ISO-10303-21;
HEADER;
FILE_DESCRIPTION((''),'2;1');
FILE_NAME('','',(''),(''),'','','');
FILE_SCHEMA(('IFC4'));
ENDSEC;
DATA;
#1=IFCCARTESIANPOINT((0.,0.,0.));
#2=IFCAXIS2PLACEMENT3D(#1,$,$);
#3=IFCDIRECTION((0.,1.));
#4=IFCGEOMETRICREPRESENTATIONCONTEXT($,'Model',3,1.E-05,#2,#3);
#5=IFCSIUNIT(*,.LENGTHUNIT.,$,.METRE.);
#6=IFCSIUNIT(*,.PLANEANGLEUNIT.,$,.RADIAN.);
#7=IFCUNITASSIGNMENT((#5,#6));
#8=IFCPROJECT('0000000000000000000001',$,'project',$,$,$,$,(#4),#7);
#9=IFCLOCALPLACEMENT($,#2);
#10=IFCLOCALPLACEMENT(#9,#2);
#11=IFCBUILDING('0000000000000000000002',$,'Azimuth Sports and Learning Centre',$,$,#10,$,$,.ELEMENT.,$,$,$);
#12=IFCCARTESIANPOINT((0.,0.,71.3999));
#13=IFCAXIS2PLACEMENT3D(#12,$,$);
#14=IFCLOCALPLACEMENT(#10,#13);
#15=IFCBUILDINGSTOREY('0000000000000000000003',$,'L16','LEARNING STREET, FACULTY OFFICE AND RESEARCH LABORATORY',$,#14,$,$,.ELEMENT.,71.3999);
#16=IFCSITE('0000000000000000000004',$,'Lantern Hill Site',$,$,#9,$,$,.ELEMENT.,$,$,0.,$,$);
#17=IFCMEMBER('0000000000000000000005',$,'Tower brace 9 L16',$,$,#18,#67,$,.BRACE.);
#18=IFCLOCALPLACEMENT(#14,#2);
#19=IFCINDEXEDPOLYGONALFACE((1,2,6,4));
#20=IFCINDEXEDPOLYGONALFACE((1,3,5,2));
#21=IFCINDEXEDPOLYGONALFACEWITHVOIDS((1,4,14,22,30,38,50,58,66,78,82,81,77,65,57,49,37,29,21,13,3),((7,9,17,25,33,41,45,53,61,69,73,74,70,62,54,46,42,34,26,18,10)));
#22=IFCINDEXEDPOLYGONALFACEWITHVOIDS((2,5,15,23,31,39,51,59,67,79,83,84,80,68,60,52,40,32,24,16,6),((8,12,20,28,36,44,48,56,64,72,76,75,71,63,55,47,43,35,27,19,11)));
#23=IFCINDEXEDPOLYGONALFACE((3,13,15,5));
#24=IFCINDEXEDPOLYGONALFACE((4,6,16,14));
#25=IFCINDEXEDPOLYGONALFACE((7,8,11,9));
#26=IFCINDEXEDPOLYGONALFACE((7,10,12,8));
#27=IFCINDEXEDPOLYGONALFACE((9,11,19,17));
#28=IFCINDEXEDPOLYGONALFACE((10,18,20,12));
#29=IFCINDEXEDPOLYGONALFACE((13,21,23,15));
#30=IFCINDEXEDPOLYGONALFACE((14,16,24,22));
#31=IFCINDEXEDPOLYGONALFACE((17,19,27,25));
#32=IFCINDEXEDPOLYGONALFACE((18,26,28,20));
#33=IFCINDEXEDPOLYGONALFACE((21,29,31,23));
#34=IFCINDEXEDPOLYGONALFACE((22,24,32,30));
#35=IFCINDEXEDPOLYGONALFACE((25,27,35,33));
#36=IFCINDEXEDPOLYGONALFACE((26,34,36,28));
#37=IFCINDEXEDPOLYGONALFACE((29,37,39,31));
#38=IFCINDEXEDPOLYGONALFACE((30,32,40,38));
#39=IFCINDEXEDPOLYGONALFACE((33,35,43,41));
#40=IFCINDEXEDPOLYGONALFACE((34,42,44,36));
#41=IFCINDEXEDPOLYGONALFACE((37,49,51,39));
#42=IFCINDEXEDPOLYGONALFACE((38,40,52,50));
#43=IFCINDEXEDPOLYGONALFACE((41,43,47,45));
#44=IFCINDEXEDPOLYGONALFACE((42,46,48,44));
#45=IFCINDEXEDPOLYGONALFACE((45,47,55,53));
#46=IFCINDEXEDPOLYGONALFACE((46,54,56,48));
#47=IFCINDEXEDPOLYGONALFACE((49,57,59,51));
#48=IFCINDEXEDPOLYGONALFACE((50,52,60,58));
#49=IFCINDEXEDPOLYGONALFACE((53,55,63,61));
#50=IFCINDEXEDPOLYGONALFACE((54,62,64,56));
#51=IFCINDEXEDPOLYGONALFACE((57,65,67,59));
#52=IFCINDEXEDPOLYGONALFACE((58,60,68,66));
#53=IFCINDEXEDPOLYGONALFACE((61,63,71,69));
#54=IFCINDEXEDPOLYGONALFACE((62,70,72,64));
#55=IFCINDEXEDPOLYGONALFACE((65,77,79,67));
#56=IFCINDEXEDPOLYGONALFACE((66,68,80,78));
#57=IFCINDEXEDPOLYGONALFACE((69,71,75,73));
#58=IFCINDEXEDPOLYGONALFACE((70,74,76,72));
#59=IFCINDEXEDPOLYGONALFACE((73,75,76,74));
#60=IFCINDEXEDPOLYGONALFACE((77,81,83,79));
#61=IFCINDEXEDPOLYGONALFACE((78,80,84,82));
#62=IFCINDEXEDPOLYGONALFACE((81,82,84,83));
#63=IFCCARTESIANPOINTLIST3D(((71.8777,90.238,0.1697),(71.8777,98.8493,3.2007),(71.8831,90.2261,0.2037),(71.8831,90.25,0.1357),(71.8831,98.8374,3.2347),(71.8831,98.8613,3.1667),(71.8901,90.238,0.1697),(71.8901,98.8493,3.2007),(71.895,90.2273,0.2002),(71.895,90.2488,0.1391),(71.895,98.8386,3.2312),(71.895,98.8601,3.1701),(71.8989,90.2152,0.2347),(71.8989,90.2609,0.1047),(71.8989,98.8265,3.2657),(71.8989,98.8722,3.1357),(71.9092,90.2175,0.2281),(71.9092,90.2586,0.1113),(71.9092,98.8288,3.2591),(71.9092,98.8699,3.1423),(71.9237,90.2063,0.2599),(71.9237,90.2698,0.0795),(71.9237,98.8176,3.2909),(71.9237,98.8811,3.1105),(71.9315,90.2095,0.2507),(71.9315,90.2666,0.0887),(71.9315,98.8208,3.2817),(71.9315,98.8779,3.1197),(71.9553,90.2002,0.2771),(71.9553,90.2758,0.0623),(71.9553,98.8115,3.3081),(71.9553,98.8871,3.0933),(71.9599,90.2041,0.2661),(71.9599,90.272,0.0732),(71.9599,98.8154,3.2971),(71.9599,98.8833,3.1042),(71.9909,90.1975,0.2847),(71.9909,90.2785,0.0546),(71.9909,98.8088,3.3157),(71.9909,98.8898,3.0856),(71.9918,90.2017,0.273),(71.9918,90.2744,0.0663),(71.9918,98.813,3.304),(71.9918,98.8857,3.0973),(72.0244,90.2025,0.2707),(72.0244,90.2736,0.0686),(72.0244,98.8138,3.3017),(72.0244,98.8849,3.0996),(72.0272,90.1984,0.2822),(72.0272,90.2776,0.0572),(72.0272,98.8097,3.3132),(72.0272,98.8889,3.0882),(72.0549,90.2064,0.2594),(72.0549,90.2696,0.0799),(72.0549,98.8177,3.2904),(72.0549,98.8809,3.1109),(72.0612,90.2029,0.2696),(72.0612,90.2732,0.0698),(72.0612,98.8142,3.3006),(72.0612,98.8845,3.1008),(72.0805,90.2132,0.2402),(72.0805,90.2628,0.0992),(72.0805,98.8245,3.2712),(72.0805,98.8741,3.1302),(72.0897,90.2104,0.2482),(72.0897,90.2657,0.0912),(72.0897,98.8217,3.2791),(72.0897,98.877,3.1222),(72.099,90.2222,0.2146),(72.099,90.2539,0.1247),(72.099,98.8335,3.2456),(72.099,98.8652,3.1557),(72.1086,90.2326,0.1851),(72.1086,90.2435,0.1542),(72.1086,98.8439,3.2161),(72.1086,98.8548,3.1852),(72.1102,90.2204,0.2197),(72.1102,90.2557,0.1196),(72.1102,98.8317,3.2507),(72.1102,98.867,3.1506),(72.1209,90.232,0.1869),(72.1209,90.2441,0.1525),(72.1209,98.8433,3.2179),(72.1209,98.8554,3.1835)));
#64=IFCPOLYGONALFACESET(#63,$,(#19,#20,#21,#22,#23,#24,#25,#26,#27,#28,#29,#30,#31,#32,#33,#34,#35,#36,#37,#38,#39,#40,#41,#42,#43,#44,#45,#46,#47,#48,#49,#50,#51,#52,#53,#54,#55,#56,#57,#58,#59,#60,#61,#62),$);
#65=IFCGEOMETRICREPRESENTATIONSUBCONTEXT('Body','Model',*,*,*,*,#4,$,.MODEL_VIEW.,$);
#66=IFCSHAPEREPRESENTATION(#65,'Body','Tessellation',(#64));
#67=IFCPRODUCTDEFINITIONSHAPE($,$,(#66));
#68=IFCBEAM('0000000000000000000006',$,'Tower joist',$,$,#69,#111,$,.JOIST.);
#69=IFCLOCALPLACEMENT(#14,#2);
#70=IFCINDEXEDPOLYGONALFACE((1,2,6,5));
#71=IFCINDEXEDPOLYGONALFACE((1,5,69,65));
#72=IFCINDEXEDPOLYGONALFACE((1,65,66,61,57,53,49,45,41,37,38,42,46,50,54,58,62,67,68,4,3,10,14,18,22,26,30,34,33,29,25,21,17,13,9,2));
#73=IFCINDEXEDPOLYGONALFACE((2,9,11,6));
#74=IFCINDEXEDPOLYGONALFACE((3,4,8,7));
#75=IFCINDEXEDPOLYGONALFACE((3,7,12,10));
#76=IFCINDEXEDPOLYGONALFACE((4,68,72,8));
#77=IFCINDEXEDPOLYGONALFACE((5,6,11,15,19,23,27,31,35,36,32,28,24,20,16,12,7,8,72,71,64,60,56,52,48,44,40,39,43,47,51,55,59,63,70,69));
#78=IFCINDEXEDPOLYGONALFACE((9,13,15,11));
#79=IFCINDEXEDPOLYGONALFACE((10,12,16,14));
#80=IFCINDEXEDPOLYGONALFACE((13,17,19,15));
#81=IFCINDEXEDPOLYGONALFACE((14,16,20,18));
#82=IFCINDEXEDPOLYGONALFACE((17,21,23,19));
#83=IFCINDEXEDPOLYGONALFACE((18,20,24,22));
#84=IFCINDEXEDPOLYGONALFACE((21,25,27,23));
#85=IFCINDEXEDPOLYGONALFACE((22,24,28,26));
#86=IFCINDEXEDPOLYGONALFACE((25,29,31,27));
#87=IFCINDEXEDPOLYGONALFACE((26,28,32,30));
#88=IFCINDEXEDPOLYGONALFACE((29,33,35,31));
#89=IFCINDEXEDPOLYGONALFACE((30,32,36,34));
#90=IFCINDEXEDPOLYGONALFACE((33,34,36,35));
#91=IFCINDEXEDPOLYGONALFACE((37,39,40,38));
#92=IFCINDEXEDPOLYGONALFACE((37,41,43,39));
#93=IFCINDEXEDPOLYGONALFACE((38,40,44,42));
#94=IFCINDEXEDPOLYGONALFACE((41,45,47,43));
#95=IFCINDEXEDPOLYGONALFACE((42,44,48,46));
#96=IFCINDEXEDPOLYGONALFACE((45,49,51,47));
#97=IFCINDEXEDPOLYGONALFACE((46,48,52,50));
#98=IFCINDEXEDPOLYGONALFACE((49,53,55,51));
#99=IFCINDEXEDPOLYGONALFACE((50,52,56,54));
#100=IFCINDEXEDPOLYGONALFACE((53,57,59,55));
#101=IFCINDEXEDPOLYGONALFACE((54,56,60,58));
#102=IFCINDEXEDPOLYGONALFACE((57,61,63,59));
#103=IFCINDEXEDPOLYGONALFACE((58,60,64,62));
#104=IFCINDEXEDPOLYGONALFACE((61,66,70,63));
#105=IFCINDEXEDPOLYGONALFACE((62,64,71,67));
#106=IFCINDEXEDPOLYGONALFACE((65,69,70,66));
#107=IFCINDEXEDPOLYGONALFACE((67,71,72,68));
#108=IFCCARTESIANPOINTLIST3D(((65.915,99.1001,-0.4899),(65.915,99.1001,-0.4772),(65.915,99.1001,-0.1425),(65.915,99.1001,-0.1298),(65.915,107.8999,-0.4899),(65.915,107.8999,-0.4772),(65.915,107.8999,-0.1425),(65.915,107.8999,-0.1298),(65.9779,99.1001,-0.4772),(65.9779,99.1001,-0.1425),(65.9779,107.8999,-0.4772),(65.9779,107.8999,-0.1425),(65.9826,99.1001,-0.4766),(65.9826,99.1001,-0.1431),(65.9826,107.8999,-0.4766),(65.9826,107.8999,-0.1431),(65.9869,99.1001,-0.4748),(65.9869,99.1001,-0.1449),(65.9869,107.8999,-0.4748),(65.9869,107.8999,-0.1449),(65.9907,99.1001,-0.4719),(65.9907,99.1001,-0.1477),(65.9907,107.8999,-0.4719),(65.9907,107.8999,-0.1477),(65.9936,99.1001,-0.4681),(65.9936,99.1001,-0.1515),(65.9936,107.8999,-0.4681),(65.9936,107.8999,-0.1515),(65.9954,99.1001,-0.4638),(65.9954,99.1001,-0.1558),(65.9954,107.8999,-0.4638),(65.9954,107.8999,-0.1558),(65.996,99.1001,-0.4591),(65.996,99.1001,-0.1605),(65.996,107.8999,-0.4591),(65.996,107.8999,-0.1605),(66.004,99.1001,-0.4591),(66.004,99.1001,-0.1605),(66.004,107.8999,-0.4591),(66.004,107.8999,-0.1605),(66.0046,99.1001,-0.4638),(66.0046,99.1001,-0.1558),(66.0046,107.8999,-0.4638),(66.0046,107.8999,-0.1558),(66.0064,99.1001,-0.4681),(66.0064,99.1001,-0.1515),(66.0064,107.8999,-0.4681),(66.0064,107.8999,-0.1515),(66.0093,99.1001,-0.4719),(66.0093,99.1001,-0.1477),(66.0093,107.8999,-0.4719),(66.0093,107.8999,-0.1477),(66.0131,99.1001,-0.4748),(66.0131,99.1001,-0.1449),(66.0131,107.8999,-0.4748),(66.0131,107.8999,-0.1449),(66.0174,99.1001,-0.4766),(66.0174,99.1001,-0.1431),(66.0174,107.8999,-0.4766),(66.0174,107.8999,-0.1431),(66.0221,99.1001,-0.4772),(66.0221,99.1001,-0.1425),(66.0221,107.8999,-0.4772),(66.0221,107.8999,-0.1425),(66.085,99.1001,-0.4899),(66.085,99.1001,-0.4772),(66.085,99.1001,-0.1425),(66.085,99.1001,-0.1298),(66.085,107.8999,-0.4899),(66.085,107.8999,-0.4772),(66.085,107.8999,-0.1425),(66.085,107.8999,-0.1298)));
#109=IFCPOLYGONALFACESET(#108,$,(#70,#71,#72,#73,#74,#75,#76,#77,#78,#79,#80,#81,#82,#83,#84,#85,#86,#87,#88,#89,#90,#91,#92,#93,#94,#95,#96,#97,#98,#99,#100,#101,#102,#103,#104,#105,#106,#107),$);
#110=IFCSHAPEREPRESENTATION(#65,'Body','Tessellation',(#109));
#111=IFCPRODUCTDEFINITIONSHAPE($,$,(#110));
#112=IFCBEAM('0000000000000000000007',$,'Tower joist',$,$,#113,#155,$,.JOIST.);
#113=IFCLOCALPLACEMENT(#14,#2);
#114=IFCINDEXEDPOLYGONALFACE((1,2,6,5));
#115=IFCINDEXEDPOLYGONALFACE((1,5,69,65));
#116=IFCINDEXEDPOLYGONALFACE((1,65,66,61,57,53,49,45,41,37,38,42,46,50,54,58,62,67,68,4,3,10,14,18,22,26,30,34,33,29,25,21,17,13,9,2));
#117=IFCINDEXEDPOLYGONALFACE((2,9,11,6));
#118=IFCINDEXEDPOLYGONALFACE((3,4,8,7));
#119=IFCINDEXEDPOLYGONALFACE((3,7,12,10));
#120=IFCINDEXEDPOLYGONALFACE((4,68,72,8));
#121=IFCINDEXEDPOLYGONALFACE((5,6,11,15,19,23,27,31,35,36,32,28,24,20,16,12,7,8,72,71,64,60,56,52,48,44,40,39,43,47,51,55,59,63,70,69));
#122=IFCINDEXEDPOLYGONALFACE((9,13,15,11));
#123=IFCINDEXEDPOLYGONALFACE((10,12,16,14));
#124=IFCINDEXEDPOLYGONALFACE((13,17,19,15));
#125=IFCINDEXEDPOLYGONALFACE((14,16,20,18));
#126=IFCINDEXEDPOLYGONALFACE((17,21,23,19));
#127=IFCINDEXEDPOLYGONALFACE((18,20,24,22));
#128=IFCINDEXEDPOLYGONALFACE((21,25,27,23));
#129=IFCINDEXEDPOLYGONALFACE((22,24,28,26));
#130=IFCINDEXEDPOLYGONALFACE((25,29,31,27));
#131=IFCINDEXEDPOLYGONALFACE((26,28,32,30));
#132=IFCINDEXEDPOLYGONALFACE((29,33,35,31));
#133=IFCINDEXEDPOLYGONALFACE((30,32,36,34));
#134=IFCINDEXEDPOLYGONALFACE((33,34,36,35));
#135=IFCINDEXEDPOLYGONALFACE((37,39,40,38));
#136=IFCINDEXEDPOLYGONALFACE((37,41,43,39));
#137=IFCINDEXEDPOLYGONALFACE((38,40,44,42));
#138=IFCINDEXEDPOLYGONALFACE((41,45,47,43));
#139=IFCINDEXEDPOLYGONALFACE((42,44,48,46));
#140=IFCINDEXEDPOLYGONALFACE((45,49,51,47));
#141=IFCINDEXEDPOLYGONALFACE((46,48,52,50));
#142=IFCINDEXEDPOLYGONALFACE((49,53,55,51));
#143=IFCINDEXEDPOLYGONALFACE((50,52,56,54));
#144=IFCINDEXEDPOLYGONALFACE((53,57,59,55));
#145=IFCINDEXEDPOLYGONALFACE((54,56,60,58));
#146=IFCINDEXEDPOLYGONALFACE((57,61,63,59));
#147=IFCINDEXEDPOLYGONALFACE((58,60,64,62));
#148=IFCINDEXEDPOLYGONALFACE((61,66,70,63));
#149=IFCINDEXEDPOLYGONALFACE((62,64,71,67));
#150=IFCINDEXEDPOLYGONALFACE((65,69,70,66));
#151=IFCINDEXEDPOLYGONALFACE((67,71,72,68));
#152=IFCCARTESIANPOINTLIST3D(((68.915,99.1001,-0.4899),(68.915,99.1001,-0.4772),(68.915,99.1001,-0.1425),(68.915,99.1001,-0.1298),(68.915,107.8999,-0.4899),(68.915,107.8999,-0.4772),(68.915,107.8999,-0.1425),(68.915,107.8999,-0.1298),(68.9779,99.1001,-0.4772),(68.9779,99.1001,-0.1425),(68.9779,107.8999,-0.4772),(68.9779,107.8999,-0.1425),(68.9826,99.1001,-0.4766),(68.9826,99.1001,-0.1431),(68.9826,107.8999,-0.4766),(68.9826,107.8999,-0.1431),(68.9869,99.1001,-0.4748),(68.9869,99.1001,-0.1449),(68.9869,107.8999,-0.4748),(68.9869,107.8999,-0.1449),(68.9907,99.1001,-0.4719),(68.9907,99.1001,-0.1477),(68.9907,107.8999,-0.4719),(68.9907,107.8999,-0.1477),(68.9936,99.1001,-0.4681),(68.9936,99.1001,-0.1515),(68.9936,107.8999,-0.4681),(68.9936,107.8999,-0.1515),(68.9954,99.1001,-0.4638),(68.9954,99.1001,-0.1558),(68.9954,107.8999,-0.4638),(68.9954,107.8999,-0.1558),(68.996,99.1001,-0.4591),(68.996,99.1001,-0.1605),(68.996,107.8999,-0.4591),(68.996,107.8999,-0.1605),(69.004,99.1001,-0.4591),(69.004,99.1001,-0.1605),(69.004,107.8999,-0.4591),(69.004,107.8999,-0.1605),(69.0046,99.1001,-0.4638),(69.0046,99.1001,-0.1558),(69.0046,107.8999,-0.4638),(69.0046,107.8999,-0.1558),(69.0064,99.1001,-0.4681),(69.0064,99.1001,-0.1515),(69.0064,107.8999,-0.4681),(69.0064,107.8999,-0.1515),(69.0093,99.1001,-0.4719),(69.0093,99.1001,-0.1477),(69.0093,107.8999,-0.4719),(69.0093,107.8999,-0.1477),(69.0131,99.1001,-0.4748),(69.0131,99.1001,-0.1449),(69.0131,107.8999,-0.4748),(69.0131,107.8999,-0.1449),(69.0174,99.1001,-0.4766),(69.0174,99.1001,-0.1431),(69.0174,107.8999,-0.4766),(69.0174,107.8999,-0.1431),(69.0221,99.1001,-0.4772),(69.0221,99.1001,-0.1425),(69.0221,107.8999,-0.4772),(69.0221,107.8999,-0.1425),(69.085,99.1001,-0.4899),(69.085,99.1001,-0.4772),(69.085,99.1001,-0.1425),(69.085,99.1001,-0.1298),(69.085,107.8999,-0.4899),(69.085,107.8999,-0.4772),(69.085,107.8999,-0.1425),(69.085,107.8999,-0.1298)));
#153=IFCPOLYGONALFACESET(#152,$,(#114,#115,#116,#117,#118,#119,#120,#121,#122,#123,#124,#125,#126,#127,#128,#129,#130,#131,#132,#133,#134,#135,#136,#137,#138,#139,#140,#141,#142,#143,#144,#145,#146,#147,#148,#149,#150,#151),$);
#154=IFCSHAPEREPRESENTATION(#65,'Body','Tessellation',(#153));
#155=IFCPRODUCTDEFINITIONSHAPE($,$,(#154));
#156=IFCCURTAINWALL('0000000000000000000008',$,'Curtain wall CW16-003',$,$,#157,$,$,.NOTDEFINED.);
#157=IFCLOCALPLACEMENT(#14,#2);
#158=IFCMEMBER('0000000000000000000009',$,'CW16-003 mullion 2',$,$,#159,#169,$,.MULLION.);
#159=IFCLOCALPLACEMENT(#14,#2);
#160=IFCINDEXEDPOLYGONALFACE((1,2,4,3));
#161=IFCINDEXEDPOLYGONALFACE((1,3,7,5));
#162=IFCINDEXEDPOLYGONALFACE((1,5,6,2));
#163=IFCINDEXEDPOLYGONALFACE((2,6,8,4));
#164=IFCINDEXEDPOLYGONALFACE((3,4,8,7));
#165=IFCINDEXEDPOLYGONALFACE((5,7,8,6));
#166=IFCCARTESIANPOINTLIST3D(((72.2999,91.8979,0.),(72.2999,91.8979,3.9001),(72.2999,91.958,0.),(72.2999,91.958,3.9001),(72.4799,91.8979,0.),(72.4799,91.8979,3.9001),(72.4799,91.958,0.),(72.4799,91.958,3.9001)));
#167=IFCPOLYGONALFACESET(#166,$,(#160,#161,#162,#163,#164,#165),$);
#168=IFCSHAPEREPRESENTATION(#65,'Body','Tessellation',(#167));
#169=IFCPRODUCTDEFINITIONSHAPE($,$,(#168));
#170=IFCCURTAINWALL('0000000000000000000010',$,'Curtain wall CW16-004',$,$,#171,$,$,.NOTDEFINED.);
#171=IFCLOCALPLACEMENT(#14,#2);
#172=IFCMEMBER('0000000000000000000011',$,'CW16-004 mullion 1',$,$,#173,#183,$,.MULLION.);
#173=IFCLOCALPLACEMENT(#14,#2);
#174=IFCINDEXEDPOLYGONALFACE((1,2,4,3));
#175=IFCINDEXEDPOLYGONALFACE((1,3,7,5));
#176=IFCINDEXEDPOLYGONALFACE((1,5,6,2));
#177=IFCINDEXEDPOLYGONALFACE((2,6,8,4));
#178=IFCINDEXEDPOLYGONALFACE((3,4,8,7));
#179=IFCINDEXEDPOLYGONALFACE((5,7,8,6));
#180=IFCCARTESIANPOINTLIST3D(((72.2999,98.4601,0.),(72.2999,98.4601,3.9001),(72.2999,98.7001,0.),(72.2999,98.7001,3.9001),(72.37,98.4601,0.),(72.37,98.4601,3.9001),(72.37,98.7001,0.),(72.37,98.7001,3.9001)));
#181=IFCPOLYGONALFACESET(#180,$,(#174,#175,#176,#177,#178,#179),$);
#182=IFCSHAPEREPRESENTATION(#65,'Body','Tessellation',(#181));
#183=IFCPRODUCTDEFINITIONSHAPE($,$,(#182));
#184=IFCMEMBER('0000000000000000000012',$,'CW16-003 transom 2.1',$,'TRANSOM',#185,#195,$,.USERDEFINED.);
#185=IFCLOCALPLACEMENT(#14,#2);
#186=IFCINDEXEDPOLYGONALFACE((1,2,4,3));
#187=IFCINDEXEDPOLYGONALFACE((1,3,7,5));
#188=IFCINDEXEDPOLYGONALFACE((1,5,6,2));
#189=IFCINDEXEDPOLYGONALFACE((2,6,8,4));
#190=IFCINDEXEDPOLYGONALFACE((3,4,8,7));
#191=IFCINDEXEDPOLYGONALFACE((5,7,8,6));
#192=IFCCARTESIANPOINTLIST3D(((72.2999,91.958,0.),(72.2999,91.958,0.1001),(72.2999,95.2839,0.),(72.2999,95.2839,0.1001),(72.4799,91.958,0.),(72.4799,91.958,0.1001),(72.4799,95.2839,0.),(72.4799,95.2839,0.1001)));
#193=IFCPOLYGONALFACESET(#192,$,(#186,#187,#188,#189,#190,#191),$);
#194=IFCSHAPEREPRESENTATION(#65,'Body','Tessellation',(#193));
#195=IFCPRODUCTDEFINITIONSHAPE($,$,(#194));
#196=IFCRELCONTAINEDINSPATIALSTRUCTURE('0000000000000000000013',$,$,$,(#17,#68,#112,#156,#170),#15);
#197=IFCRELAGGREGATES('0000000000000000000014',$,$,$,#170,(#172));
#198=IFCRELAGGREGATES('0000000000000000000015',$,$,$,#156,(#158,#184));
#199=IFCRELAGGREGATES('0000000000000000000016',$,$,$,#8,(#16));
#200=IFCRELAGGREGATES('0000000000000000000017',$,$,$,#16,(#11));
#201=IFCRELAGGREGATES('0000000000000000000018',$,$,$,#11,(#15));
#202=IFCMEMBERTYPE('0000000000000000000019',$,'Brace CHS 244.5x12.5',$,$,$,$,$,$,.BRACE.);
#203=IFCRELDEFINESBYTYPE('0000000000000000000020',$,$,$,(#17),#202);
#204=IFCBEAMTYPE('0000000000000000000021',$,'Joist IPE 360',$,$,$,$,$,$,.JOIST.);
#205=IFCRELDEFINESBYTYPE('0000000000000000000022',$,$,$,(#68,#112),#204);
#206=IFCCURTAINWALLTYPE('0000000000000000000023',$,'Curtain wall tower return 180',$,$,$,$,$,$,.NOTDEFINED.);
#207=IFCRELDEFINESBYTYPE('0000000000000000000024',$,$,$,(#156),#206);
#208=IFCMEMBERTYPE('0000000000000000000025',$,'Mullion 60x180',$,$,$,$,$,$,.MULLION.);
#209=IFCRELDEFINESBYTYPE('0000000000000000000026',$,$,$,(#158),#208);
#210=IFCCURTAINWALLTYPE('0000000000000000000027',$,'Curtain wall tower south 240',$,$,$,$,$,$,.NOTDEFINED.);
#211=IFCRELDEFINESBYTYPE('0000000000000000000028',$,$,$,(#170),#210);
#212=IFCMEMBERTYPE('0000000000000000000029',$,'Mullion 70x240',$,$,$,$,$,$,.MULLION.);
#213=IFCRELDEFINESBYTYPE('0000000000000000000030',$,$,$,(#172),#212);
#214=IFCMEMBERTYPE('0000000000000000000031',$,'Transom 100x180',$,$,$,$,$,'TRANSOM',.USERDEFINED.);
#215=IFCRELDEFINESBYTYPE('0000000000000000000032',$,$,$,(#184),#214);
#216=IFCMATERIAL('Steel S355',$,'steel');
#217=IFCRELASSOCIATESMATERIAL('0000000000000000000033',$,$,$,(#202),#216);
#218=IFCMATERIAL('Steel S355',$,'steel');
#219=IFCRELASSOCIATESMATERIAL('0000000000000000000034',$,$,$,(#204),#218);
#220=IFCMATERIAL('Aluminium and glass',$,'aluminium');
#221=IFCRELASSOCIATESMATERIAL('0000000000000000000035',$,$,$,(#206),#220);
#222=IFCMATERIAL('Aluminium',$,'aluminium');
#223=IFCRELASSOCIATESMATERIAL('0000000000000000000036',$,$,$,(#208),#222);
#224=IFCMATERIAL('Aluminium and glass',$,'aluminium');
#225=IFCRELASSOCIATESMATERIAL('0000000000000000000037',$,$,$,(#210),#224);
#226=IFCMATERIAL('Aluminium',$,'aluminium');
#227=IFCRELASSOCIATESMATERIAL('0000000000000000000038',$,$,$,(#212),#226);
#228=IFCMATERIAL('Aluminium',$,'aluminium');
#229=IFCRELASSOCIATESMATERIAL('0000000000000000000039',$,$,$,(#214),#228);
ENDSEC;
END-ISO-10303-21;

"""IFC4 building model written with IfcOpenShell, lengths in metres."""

from ifc_helpers import new_model, si_unit, direction, frame, origin, origin_2d, place, context, subcontext, project, spatial, rectangle, hollow_circle, i_section, extrude, material, material_profile, profile_set, type_object, element, aggregate, save


model = new_model("IFC4")

# Units and contexts
model_context = context("Model", 3, precision=1e-05, world=origin(), true_north=direction((0.0, 1.0)))
body_context = subcontext(model_context, "Body", "Model", "MODEL_VIEW")
ifc_project = project(units=[si_unit("LENGTHUNIT", "METRE"), si_unit("PLANEANGLEUNIT", "RADIAN")], contexts=[model_context])

# Site, building, storey
site_placement = place(None, origin())
site = spatial("IfcSite", under=ifc_project, at=site_placement, Name="Lantern Hill Site", CompositionType="ELEMENT", RefElevation=0.0)
building_placement = place(site_placement, origin())
building = spatial("IfcBuilding", under=site, at=building_placement, Name="Azimuth Sports and Learning Centre", CompositionType="ELEMENT")
storey_placement = place(building_placement, frame((0.0, 0.0, 71.3999)))
storey = spatial("IfcBuildingStorey", under=building, at=storey_placement, Name="L16", Description="LEARNING STREET, FACULTY OFFICE AND RESEARCH LABORATORY", CompositionType="ELEMENT", Elevation=71.3999)

# Member
ifc_material_1 = material(Name="Steel S355", Category="steel")
ifc_material_profile_1 = material_profile(ifc_material_1, hollow_circle(Radius=0.1223, WallThickness=0.0125, at=origin_2d()), Name="CHS 244.5x12.5")
ifc_profile_set_1 = profile_set([ifc_material_profile_1], Name="Steel S355")
member_type_1 = type_object("IfcMemberType", Name="Brace CHS 244.5x12.5", PredefinedType="BRACE", material=ifc_profile_set_1)
member_1_placement = place(storey_placement, frame((72.0, 90.238, 0.1697), z_axis=(0.0, 0.943275, 0.332013), x_axis=(-1.0, 0.0, 0.0)))
element("IfcMember", 1, at=member_1_placement, inside=storey, type_object=member_type_1, Name="Tower brace 9 L16", PredefinedType="BRACE", context=body_context, shape_type="SweptSolid", body=[
    extrude(hollow_circle(Radius=0.1223, WallThickness=0.0125, at=origin_2d()), origin(), (0.0, 0.0, 1.0), 9.1292),
])

# Beams
ifc_material_2 = material(Name="Steel S355", Category="steel")
ifc_material_profile_2 = material_profile(ifc_material_2, i_section(OverallWidth=0.1699, OverallDepth=0.3601, WebThickness=0.0081, FlangeThickness=0.0127, FilletRadius=0.0181, at=origin_2d()), Name="IPE 360")
ifc_profile_set_2 = profile_set([ifc_material_profile_2], Name="Steel S355")
beam_type_1 = type_object("IfcBeamType", Name="Joist IPE 360", PredefinedType="JOIST", material=ifc_profile_set_2)
for number, where, z_axis, x_axis, name in (
    (2, (66.0, 99.1001, -0.3098), (0.0, 1.0, 0.0), (-1.0, 0.0, 0.0), "Tower joist"),
    (3, (69.0, 99.1001, -0.3098), (0.0, 1.0, 0.0), (-1.0, 0.0, 0.0), "Tower joist"),
):
    element("IfcBeam", number, at=place(storey_placement, frame(where, z_axis=z_axis, x_axis=x_axis)), inside=storey, type_object=beam_type_1, Name=name, PredefinedType="JOIST", context=body_context, shape_type="SweptSolid", body=[
        extrude(i_section(OverallWidth=0.1699, OverallDepth=0.3601, WebThickness=0.0081, FlangeThickness=0.0127, FilletRadius=0.0181, at=origin_2d()), origin(), (0.0, 0.0, 1.0), 8.7998),
    ])

# Curtain walls, members
ifc_material_3 = material(Name="Aluminium and glass", Category="aluminium")
curtain_wall_type_1 = type_object("IfcCurtainWallType", Name="Curtain wall tower return 180", PredefinedType="NOTDEFINED", material=ifc_material_3)
curtain_wall_1_placement = place(storey_placement, origin())
curtain_wall_1 = element("IfcCurtainWall", 4, at=curtain_wall_1_placement, inside=storey, type_object=curtain_wall_type_1, Name="Curtain wall CW16-003", PredefinedType="NOTDEFINED")
ifc_material_4 = material(Name="Aluminium", Category="aluminium")
ifc_material_profile_3 = material_profile(ifc_material_4, rectangle(XDim=0.1799, YDim=0.0601, at=origin_2d()), Name="Mullion 60x180")
ifc_profile_set_3 = profile_set([ifc_material_profile_3], Name="Aluminium")
member_type_2 = type_object("IfcMemberType", Name="Mullion 60x180", PredefinedType="MULLION", material=ifc_profile_set_3)
member_2_placement = place(storey_placement, frame((72.3899, 91.928, 0.0), z_axis=(0.0, 0.0, 1.0), x_axis=(-1.0, 0.0, 0.0)))
member_2 = element("IfcMember", 5, at=member_2_placement, type_object=member_type_2, Name="CW16-003 mullion 2", PredefinedType="MULLION", context=body_context, shape_type="SweptSolid", body=[
    extrude(rectangle(XDim=0.1799, YDim=0.0601, at=origin_2d()), origin(), (0.0, 0.0, 1.0), 3.9001),
])
ifc_material_5 = material(Name="Aluminium and glass", Category="aluminium")
curtain_wall_type_2 = type_object("IfcCurtainWallType", Name="Curtain wall tower south 240", PredefinedType="NOTDEFINED", material=ifc_material_5)
curtain_wall_2_placement = place(storey_placement, origin())
curtain_wall_2 = element("IfcCurtainWall", 6, at=curtain_wall_2_placement, inside=storey, type_object=curtain_wall_type_2, Name="Curtain wall CW16-004", PredefinedType="NOTDEFINED")
ifc_material_6 = material(Name="Aluminium", Category="aluminium")
ifc_material_profile_4 = material_profile(ifc_material_6, rectangle(XDim=0.24, YDim=0.0701, at=origin_2d()), Name="Mullion 70x240")
ifc_profile_set_4 = profile_set([ifc_material_profile_4], Name="Aluminium")
member_type_3 = type_object("IfcMemberType", Name="Mullion 70x240", PredefinedType="MULLION", material=ifc_profile_set_4)
member_3_placement = place(storey_placement, frame((72.335, 98.5801, 0.0), z_axis=(0.0, 0.0, 1.0), x_axis=(0.0, 1.0, 0.0)))
member_3 = element("IfcMember", 7, at=member_3_placement, type_object=member_type_3, Name="CW16-004 mullion 1", PredefinedType="MULLION", context=body_context, shape_type="SweptSolid", body=[
    extrude(rectangle(XDim=0.24, YDim=0.0701, at=origin_2d()), origin(), (0.0, 0.0, 1.0), 3.9001),
])

# Member
ifc_material_7 = material(Name="Aluminium", Category="aluminium")
ifc_material_profile_5 = material_profile(ifc_material_7, rectangle(XDim=0.1799, YDim=0.1001, at=origin_2d()), Name="Transom 100x180")
ifc_profile_set_5 = profile_set([ifc_material_profile_5], Name="Aluminium")
member_type_4 = type_object("IfcMemberType", Name="Transom 100x180", ElementType="TRANSOM", PredefinedType="USERDEFINED", material=ifc_profile_set_5)
member_4_placement = place(storey_placement, frame((72.3899, 91.958, 0.05), z_axis=(0.0, 1.0, 0.0), x_axis=(-1.0, 0.0, 0.0)))
member_4 = element("IfcMember", 8, at=member_4_placement, type_object=member_type_4, Name="CW16-003 transom 2.1", ObjectType="TRANSOM", PredefinedType="USERDEFINED", context=body_context, shape_type="SweptSolid", body=[
    extrude(rectangle(XDim=0.1799, YDim=0.1001, at=origin_2d()), origin(), (0.0, 0.0, 1.0), 3.3259),
])
aggregate(curtain_wall_2, [member_3])

aggregate(curtain_wall_1, [member_2, member_4])

save(model, "model.ifc")
